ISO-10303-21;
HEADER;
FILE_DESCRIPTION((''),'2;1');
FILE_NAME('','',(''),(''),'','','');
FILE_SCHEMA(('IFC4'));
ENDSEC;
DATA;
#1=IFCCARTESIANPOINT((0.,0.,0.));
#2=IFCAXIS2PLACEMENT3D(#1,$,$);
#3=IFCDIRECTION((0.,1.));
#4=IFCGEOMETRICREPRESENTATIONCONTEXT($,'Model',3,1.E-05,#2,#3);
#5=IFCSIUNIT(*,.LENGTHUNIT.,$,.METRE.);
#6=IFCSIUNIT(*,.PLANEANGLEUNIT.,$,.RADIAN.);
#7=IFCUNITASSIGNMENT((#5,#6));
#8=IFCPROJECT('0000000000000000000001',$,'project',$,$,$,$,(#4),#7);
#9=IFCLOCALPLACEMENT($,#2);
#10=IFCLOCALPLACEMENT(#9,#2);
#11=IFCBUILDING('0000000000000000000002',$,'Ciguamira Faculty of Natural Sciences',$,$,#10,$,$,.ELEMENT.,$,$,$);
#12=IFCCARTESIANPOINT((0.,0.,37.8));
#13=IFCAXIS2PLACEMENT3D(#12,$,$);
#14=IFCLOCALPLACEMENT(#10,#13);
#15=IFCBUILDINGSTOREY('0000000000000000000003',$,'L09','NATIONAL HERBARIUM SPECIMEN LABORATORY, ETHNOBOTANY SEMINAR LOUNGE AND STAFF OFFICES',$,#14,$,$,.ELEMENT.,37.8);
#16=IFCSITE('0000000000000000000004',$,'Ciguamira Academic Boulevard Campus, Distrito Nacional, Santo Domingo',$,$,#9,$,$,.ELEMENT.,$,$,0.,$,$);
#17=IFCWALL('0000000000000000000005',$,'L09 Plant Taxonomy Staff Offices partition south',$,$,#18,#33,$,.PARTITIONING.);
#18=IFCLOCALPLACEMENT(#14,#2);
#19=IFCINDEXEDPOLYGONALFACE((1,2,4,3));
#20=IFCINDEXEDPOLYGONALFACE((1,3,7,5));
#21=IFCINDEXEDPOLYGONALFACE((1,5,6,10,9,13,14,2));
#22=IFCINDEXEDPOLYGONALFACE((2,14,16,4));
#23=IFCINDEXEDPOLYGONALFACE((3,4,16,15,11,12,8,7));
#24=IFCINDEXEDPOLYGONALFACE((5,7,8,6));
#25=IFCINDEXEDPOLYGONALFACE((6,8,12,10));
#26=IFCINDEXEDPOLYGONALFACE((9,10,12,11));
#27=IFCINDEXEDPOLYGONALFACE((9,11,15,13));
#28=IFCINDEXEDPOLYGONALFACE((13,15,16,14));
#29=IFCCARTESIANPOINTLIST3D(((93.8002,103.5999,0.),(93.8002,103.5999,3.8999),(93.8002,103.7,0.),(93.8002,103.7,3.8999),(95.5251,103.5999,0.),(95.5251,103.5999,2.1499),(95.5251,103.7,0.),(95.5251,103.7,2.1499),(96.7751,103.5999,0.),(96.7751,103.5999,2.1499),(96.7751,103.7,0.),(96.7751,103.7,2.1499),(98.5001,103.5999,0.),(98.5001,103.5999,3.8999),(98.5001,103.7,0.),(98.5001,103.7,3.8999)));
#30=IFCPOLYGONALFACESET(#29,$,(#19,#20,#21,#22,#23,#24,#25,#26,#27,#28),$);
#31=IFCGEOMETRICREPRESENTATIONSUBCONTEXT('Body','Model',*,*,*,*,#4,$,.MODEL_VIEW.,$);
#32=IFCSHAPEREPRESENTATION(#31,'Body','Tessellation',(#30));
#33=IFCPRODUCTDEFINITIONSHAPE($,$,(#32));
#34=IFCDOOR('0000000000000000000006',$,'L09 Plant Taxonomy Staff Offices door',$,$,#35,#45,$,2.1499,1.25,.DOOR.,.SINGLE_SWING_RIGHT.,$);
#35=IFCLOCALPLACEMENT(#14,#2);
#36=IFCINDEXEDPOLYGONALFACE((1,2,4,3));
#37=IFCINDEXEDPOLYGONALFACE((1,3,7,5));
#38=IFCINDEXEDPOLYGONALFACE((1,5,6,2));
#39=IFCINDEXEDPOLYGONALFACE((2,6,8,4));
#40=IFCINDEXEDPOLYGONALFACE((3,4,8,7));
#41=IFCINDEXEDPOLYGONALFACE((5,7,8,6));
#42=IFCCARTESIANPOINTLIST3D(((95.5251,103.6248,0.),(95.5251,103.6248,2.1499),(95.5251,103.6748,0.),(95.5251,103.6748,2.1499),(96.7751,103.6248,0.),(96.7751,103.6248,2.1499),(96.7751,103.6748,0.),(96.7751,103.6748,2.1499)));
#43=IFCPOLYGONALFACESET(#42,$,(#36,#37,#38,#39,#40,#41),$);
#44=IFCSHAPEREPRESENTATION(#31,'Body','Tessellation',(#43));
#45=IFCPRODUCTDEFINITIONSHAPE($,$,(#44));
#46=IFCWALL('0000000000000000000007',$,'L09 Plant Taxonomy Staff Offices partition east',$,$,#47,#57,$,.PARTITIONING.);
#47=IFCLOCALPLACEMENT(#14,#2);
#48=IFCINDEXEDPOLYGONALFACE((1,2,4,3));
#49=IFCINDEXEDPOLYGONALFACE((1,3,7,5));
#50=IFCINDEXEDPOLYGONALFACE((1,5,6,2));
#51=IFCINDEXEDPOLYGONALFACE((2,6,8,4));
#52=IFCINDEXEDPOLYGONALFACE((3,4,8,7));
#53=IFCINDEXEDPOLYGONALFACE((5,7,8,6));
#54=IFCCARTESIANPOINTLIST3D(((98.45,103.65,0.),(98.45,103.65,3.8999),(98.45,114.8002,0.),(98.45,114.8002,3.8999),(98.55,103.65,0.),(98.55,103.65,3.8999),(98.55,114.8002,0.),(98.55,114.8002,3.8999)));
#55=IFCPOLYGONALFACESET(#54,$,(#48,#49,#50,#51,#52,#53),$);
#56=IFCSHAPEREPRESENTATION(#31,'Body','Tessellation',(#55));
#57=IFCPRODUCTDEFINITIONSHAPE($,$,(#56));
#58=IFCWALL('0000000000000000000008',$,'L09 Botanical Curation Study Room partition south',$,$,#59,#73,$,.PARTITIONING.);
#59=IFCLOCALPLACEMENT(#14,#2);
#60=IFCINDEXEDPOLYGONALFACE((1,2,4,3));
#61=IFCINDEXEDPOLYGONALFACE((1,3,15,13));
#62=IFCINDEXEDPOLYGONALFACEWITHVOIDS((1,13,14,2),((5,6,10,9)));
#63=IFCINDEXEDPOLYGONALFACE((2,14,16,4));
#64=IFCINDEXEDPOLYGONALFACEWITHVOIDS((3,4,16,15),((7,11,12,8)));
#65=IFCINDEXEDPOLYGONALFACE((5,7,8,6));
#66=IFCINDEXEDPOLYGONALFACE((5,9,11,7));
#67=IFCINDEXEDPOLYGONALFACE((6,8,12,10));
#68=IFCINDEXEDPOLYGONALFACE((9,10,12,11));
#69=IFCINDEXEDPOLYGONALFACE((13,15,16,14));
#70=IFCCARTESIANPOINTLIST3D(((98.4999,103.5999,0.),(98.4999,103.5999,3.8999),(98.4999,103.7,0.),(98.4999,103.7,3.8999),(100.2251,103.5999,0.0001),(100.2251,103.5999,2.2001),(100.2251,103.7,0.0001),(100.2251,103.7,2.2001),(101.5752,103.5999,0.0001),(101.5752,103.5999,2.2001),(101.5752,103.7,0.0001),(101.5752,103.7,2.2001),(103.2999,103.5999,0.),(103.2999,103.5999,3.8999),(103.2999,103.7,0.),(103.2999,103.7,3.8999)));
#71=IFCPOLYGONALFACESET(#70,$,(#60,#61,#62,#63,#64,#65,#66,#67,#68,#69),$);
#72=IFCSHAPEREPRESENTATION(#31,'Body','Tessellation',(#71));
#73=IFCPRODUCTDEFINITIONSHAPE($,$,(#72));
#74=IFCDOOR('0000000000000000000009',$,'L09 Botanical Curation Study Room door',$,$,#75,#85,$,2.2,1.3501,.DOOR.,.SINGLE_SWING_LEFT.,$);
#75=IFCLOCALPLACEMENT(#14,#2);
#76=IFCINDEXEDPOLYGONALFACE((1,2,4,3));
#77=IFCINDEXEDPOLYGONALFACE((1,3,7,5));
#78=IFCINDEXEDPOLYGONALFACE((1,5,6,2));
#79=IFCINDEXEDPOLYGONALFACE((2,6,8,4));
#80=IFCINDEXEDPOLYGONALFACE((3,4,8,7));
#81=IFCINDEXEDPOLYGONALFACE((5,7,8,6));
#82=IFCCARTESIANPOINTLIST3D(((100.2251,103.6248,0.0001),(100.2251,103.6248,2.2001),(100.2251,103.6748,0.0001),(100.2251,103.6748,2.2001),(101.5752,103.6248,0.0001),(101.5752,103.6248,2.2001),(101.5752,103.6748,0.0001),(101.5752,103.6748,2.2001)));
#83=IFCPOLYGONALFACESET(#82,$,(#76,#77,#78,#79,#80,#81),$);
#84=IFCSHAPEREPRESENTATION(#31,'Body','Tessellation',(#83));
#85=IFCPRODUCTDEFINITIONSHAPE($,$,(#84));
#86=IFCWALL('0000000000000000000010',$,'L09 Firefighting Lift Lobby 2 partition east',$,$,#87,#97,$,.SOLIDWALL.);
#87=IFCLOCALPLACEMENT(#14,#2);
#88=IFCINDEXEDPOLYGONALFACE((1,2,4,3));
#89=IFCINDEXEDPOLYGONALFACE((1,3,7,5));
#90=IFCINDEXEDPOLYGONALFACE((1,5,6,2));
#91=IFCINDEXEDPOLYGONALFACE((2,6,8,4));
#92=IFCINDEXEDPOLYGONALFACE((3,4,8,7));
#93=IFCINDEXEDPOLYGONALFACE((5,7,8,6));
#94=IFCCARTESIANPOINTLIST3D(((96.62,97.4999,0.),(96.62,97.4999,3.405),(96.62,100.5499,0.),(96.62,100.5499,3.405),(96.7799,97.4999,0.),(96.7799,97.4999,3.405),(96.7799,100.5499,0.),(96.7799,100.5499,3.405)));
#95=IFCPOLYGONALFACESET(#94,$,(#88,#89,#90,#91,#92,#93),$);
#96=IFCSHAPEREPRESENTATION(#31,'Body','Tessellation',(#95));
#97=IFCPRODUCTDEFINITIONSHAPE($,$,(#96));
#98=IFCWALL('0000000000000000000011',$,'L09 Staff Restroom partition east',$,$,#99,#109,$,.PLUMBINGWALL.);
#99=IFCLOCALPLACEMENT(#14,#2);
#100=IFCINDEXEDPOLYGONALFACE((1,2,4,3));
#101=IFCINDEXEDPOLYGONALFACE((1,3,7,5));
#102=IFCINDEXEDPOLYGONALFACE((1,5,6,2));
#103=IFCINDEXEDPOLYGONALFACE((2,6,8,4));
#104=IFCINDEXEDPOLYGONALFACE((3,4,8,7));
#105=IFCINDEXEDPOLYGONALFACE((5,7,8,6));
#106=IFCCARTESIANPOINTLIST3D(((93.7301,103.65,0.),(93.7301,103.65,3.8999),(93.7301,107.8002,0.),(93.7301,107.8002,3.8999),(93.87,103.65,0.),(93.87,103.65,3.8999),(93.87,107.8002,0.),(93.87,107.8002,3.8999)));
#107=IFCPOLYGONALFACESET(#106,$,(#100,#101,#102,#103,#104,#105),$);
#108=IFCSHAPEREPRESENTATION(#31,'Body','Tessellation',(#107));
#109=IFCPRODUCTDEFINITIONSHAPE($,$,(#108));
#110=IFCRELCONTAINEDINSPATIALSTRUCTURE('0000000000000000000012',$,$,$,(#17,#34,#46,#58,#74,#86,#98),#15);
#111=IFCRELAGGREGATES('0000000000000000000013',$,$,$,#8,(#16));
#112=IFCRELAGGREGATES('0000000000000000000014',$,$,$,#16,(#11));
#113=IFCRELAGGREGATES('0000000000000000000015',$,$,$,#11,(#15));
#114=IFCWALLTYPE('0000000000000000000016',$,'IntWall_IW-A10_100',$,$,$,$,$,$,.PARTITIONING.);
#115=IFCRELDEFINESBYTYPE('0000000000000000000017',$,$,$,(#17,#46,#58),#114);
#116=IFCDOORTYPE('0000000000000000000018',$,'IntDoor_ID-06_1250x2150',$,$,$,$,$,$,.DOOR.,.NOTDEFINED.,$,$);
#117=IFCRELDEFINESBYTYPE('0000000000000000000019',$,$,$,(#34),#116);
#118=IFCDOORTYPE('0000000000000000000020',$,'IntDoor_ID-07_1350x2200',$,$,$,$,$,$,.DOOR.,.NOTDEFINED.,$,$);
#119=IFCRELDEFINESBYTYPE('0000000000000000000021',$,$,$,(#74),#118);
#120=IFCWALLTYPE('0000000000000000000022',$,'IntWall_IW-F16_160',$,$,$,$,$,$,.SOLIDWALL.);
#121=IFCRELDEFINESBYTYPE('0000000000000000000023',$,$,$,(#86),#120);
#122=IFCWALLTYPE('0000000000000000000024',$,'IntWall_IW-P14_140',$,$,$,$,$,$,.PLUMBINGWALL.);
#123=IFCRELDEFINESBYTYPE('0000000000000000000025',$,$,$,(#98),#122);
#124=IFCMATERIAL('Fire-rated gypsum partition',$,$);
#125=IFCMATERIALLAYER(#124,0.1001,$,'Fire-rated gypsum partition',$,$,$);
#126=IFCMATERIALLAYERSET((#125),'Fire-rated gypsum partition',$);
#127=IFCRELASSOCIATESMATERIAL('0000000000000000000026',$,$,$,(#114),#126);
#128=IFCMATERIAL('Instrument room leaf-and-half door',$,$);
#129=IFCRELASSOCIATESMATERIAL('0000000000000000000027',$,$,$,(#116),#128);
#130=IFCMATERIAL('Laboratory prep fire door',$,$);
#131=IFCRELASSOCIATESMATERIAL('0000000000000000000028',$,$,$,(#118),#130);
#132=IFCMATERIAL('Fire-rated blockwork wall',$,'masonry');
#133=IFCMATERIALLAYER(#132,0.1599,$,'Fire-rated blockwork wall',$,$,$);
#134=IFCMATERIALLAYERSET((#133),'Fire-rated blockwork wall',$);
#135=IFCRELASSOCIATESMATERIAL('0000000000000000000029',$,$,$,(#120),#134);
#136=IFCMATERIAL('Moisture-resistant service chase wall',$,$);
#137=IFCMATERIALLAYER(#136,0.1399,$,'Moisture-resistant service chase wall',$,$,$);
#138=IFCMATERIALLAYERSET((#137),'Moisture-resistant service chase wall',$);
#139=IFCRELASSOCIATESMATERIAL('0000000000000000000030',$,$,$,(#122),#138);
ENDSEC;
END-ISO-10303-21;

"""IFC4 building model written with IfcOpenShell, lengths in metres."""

from ifc_helpers import new_model, si_unit, direction, frame, frame_2d, origin, place, context, subcontext, project, spatial, rectangle, extrude, material, layer, layer_set, type_object, element, fill, save


model = new_model("IFC4")

# Units and contexts
model_context = context("Model", 3, precision=1e-05, world=origin(), true_north=direction((0.0, 1.0)))
body_context = subcontext(model_context, "Body", "Model", "MODEL_VIEW")
ifc_project = project(units=[si_unit("LENGTHUNIT", "METRE"), si_unit("PLANEANGLEUNIT", "RADIAN")], contexts=[model_context])

# Site, building, storey
site_placement = place(None, origin())
site = spatial("IfcSite", under=ifc_project, at=site_placement, Name="Ciguamira Academic Boulevard Campus, Distrito Nacional, Santo Domingo", CompositionType="ELEMENT", RefElevation=0.0)
building_placement = place(site_placement, origin())
building = spatial("IfcBuilding", under=site, at=building_placement, Name="Ciguamira Faculty of Natural Sciences", CompositionType="ELEMENT")
storey_placement = place(building_placement, frame((0.0, 0.0, 37.8)))
storey = spatial("IfcBuildingStorey", under=building, at=storey_placement, Name="L09", Description="NATIONAL HERBARIUM SPECIMEN LABORATORY, ETHNOBOTANY SEMINAR LOUNGE AND STAFF OFFICES", CompositionType="ELEMENT", Elevation=37.8)

# Wall, opening, door
ifc_material_1 = material(Name="Fire-rated gypsum partition")
ifc_layer_1 = layer(ifc_material_1, 0.1001, Name="Fire-rated gypsum partition")
ifc_layer_set_1 = layer_set([ifc_layer_1], Name="Fire-rated gypsum partition")
wall_type_1 = type_object("IfcWallType", Name="IntWall_IW-A10_100", PredefinedType="PARTITIONING", material=ifc_layer_set_1)
wall_1_placement = place(storey_placement, frame((93.8, 103.6499, 0.0), z_axis=(0.0, 0.0, 1.0), x_axis=(1.0, 0.0, 0.0)))
wall_1 = element("IfcWall", 1, at=wall_1_placement, inside=storey, type_object=wall_type_1, Name="L09 Plant Taxonomy Staff Offices partition south", PredefinedType="PARTITIONING", context=body_context, shape_type="SweptSolid", body=[
    extrude(rectangle(XDim=4.7, YDim=0.1001, at=frame_2d((2.3501, 0.0))), origin(), (0.0, 0.0, 1.0), 3.8999),
])
opening_1_placement = place(wall_1_placement, frame((1.7251, 0.0, 0.0)))
opening_1 = element("IfcOpeningElement", 2, at=opening_1_placement, cuts=wall_1, PredefinedType="OPENING", context=body_context, shape_type="SweptSolid", body=[
    extrude(rectangle(XDim=1.25, YDim=2.1499, at=frame_2d((0.625, 1.075))), frame((0.0, 0.0601, 0.0), z_axis=(0.0, -1.0, 0.0), x_axis=(1.0, 0.0, 0.0)), (0.0, 0.0, 1.0), 0.1201),
])
ifc_material_2 = material(Name="Instrument room leaf-and-half door")
door_type_1 = type_object("IfcDoorType", Name="IntDoor_ID-06_1250x2150", OperationType="NOTDEFINED", PredefinedType="DOOR", material=ifc_material_2)
door_1_placement = place(opening_1_placement, origin())
door_1 = element("IfcDoor", 3, at=door_1_placement, inside=storey, type_object=door_type_1, Name="L09 Plant Taxonomy Staff Offices door", OperationType="SINGLE_SWING_RIGHT", OverallHeight=2.1499, OverallWidth=1.25, PredefinedType="DOOR", context=body_context, shape_type="SweptSolid", body=[
    extrude(rectangle(XDim=1.25, YDim=2.1499, at=frame_2d((0.625, 1.075))), frame((0.0, 0.0249, 0.0), z_axis=(0.0, -1.0, 0.0), x_axis=(1.0, 0.0, 0.0)), (0.0, 0.0, 1.0), 0.05),
])
fill(opening_1, door_1)

# Wall
wall_2_placement = place(storey_placement, frame((98.5, 103.6499, 0.0), z_axis=(0.0, 0.0, 1.0), x_axis=(0.0, 1.0, 0.0)))
element("IfcWall", 4, at=wall_2_placement, inside=storey, type_object=wall_type_1, Name="L09 Plant Taxonomy Staff Offices partition east", PredefinedType="PARTITIONING", context=body_context, shape_type="SweptSolid", body=[
    extrude(rectangle(XDim=11.1501, YDim=0.1001, at=frame_2d((5.5752, 0.0))), origin(), (0.0, 0.0, 1.0), 3.8999),
])

# Wall, opening, door
wall_3_placement = place(storey_placement, frame((98.5, 103.6499, 0.0), z_axis=(0.0, 0.0, 1.0), x_axis=(1.0, 0.0, 0.0)))
wall_3 = element("IfcWall", 5, at=wall_3_placement, inside=storey, type_object=wall_type_1, Name="L09 Botanical Curation Study Room partition south", PredefinedType="PARTITIONING", context=body_context, shape_type="SweptSolid", body=[
    extrude(rectangle(XDim=4.8, YDim=0.1001, at=frame_2d((2.3999, 0.0))), origin(), (0.0, 0.0, 1.0), 3.8999),
])
opening_2_placement = place(wall_3_placement, frame((1.7251, 0.0, 0.0)))
opening_2 = element("IfcOpeningElement", 6, at=opening_2_placement, cuts=wall_3, PredefinedType="OPENING", context=body_context, shape_type="SweptSolid", body=[
    extrude(rectangle(XDim=1.3501, YDim=2.2, at=frame_2d((0.675, 1.1001))), frame((0.0, 0.0601, 0.0), z_axis=(0.0, -1.0, 0.0), x_axis=(1.0, 0.0, 0.0)), (0.0, 0.0, 1.0), 0.1201),
])
ifc_material_3 = material(Name="Laboratory prep fire door")
door_type_2 = type_object("IfcDoorType", Name="IntDoor_ID-07_1350x2200", OperationType="NOTDEFINED", PredefinedType="DOOR", material=ifc_material_3)
door_2_placement = place(opening_2_placement, origin())
door_2 = element("IfcDoor", 7, at=door_2_placement, inside=storey, type_object=door_type_2, Name="L09 Botanical Curation Study Room door", OperationType="SINGLE_SWING_LEFT", OverallHeight=2.2, OverallWidth=1.3501, PredefinedType="DOOR", context=body_context, shape_type="SweptSolid", body=[
    extrude(rectangle(XDim=1.3501, YDim=2.2, at=frame_2d((0.675, 1.1001))), frame((0.0, 0.0249, 0.0), z_axis=(0.0, -1.0, 0.0), x_axis=(1.0, 0.0, 0.0)), (0.0, 0.0, 1.0), 0.05),
])
fill(opening_2, door_2)

# Walls
ifc_material_4 = material(Name="Fire-rated blockwork wall", Category="masonry")
ifc_layer_2 = layer(ifc_material_4, 0.1599, Name="Fire-rated blockwork wall")
ifc_layer_set_2 = layer_set([ifc_layer_2], Name="Fire-rated blockwork wall")
wall_type_2 = type_object("IfcWallType", Name="IntWall_IW-F16_160", PredefinedType="SOLIDWALL", material=ifc_layer_set_2)
wall_4_placement = place(storey_placement, frame((96.7, 97.5, 0.0), z_axis=(0.0, 0.0, 1.0), x_axis=(0.0, 1.0, 0.0)))
element("IfcWall", 8, at=wall_4_placement, inside=storey, type_object=wall_type_2, Name="L09 Firefighting Lift Lobby 2 partition east", PredefinedType="SOLIDWALL", context=body_context, shape_type="SweptSolid", body=[
    extrude(rectangle(XDim=3.05, YDim=0.1599, at=frame_2d((1.5249, 0.0))), origin(), (0.0, 0.0, 1.0), 3.405),
])
ifc_material_5 = material(Name="Moisture-resistant service chase wall")
ifc_layer_3 = layer(ifc_material_5, 0.1399, Name="Moisture-resistant service chase wall")
ifc_layer_set_3 = layer_set([ifc_layer_3], Name="Moisture-resistant service chase wall")
wall_type_3 = type_object("IfcWallType", Name="IntWall_IW-P14_140", PredefinedType="PLUMBINGWALL", material=ifc_layer_set_3)
wall_5_placement = place(storey_placement, frame((93.8, 103.6499, 0.0), z_axis=(0.0, 0.0, 1.0), x_axis=(0.0, 1.0, 0.0)))
element("IfcWall", 9, at=wall_5_placement, inside=storey, type_object=wall_type_3, Name="L09 Staff Restroom partition east", PredefinedType="PLUMBINGWALL", context=body_context, shape_type="SweptSolid", body=[
    extrude(rectangle(XDim=4.1501, YDim=0.1399, at=frame_2d((2.0752, 0.0))), origin(), (0.0, 0.0, 1.0), 3.8999),
])

save(model, "model.ifc")
